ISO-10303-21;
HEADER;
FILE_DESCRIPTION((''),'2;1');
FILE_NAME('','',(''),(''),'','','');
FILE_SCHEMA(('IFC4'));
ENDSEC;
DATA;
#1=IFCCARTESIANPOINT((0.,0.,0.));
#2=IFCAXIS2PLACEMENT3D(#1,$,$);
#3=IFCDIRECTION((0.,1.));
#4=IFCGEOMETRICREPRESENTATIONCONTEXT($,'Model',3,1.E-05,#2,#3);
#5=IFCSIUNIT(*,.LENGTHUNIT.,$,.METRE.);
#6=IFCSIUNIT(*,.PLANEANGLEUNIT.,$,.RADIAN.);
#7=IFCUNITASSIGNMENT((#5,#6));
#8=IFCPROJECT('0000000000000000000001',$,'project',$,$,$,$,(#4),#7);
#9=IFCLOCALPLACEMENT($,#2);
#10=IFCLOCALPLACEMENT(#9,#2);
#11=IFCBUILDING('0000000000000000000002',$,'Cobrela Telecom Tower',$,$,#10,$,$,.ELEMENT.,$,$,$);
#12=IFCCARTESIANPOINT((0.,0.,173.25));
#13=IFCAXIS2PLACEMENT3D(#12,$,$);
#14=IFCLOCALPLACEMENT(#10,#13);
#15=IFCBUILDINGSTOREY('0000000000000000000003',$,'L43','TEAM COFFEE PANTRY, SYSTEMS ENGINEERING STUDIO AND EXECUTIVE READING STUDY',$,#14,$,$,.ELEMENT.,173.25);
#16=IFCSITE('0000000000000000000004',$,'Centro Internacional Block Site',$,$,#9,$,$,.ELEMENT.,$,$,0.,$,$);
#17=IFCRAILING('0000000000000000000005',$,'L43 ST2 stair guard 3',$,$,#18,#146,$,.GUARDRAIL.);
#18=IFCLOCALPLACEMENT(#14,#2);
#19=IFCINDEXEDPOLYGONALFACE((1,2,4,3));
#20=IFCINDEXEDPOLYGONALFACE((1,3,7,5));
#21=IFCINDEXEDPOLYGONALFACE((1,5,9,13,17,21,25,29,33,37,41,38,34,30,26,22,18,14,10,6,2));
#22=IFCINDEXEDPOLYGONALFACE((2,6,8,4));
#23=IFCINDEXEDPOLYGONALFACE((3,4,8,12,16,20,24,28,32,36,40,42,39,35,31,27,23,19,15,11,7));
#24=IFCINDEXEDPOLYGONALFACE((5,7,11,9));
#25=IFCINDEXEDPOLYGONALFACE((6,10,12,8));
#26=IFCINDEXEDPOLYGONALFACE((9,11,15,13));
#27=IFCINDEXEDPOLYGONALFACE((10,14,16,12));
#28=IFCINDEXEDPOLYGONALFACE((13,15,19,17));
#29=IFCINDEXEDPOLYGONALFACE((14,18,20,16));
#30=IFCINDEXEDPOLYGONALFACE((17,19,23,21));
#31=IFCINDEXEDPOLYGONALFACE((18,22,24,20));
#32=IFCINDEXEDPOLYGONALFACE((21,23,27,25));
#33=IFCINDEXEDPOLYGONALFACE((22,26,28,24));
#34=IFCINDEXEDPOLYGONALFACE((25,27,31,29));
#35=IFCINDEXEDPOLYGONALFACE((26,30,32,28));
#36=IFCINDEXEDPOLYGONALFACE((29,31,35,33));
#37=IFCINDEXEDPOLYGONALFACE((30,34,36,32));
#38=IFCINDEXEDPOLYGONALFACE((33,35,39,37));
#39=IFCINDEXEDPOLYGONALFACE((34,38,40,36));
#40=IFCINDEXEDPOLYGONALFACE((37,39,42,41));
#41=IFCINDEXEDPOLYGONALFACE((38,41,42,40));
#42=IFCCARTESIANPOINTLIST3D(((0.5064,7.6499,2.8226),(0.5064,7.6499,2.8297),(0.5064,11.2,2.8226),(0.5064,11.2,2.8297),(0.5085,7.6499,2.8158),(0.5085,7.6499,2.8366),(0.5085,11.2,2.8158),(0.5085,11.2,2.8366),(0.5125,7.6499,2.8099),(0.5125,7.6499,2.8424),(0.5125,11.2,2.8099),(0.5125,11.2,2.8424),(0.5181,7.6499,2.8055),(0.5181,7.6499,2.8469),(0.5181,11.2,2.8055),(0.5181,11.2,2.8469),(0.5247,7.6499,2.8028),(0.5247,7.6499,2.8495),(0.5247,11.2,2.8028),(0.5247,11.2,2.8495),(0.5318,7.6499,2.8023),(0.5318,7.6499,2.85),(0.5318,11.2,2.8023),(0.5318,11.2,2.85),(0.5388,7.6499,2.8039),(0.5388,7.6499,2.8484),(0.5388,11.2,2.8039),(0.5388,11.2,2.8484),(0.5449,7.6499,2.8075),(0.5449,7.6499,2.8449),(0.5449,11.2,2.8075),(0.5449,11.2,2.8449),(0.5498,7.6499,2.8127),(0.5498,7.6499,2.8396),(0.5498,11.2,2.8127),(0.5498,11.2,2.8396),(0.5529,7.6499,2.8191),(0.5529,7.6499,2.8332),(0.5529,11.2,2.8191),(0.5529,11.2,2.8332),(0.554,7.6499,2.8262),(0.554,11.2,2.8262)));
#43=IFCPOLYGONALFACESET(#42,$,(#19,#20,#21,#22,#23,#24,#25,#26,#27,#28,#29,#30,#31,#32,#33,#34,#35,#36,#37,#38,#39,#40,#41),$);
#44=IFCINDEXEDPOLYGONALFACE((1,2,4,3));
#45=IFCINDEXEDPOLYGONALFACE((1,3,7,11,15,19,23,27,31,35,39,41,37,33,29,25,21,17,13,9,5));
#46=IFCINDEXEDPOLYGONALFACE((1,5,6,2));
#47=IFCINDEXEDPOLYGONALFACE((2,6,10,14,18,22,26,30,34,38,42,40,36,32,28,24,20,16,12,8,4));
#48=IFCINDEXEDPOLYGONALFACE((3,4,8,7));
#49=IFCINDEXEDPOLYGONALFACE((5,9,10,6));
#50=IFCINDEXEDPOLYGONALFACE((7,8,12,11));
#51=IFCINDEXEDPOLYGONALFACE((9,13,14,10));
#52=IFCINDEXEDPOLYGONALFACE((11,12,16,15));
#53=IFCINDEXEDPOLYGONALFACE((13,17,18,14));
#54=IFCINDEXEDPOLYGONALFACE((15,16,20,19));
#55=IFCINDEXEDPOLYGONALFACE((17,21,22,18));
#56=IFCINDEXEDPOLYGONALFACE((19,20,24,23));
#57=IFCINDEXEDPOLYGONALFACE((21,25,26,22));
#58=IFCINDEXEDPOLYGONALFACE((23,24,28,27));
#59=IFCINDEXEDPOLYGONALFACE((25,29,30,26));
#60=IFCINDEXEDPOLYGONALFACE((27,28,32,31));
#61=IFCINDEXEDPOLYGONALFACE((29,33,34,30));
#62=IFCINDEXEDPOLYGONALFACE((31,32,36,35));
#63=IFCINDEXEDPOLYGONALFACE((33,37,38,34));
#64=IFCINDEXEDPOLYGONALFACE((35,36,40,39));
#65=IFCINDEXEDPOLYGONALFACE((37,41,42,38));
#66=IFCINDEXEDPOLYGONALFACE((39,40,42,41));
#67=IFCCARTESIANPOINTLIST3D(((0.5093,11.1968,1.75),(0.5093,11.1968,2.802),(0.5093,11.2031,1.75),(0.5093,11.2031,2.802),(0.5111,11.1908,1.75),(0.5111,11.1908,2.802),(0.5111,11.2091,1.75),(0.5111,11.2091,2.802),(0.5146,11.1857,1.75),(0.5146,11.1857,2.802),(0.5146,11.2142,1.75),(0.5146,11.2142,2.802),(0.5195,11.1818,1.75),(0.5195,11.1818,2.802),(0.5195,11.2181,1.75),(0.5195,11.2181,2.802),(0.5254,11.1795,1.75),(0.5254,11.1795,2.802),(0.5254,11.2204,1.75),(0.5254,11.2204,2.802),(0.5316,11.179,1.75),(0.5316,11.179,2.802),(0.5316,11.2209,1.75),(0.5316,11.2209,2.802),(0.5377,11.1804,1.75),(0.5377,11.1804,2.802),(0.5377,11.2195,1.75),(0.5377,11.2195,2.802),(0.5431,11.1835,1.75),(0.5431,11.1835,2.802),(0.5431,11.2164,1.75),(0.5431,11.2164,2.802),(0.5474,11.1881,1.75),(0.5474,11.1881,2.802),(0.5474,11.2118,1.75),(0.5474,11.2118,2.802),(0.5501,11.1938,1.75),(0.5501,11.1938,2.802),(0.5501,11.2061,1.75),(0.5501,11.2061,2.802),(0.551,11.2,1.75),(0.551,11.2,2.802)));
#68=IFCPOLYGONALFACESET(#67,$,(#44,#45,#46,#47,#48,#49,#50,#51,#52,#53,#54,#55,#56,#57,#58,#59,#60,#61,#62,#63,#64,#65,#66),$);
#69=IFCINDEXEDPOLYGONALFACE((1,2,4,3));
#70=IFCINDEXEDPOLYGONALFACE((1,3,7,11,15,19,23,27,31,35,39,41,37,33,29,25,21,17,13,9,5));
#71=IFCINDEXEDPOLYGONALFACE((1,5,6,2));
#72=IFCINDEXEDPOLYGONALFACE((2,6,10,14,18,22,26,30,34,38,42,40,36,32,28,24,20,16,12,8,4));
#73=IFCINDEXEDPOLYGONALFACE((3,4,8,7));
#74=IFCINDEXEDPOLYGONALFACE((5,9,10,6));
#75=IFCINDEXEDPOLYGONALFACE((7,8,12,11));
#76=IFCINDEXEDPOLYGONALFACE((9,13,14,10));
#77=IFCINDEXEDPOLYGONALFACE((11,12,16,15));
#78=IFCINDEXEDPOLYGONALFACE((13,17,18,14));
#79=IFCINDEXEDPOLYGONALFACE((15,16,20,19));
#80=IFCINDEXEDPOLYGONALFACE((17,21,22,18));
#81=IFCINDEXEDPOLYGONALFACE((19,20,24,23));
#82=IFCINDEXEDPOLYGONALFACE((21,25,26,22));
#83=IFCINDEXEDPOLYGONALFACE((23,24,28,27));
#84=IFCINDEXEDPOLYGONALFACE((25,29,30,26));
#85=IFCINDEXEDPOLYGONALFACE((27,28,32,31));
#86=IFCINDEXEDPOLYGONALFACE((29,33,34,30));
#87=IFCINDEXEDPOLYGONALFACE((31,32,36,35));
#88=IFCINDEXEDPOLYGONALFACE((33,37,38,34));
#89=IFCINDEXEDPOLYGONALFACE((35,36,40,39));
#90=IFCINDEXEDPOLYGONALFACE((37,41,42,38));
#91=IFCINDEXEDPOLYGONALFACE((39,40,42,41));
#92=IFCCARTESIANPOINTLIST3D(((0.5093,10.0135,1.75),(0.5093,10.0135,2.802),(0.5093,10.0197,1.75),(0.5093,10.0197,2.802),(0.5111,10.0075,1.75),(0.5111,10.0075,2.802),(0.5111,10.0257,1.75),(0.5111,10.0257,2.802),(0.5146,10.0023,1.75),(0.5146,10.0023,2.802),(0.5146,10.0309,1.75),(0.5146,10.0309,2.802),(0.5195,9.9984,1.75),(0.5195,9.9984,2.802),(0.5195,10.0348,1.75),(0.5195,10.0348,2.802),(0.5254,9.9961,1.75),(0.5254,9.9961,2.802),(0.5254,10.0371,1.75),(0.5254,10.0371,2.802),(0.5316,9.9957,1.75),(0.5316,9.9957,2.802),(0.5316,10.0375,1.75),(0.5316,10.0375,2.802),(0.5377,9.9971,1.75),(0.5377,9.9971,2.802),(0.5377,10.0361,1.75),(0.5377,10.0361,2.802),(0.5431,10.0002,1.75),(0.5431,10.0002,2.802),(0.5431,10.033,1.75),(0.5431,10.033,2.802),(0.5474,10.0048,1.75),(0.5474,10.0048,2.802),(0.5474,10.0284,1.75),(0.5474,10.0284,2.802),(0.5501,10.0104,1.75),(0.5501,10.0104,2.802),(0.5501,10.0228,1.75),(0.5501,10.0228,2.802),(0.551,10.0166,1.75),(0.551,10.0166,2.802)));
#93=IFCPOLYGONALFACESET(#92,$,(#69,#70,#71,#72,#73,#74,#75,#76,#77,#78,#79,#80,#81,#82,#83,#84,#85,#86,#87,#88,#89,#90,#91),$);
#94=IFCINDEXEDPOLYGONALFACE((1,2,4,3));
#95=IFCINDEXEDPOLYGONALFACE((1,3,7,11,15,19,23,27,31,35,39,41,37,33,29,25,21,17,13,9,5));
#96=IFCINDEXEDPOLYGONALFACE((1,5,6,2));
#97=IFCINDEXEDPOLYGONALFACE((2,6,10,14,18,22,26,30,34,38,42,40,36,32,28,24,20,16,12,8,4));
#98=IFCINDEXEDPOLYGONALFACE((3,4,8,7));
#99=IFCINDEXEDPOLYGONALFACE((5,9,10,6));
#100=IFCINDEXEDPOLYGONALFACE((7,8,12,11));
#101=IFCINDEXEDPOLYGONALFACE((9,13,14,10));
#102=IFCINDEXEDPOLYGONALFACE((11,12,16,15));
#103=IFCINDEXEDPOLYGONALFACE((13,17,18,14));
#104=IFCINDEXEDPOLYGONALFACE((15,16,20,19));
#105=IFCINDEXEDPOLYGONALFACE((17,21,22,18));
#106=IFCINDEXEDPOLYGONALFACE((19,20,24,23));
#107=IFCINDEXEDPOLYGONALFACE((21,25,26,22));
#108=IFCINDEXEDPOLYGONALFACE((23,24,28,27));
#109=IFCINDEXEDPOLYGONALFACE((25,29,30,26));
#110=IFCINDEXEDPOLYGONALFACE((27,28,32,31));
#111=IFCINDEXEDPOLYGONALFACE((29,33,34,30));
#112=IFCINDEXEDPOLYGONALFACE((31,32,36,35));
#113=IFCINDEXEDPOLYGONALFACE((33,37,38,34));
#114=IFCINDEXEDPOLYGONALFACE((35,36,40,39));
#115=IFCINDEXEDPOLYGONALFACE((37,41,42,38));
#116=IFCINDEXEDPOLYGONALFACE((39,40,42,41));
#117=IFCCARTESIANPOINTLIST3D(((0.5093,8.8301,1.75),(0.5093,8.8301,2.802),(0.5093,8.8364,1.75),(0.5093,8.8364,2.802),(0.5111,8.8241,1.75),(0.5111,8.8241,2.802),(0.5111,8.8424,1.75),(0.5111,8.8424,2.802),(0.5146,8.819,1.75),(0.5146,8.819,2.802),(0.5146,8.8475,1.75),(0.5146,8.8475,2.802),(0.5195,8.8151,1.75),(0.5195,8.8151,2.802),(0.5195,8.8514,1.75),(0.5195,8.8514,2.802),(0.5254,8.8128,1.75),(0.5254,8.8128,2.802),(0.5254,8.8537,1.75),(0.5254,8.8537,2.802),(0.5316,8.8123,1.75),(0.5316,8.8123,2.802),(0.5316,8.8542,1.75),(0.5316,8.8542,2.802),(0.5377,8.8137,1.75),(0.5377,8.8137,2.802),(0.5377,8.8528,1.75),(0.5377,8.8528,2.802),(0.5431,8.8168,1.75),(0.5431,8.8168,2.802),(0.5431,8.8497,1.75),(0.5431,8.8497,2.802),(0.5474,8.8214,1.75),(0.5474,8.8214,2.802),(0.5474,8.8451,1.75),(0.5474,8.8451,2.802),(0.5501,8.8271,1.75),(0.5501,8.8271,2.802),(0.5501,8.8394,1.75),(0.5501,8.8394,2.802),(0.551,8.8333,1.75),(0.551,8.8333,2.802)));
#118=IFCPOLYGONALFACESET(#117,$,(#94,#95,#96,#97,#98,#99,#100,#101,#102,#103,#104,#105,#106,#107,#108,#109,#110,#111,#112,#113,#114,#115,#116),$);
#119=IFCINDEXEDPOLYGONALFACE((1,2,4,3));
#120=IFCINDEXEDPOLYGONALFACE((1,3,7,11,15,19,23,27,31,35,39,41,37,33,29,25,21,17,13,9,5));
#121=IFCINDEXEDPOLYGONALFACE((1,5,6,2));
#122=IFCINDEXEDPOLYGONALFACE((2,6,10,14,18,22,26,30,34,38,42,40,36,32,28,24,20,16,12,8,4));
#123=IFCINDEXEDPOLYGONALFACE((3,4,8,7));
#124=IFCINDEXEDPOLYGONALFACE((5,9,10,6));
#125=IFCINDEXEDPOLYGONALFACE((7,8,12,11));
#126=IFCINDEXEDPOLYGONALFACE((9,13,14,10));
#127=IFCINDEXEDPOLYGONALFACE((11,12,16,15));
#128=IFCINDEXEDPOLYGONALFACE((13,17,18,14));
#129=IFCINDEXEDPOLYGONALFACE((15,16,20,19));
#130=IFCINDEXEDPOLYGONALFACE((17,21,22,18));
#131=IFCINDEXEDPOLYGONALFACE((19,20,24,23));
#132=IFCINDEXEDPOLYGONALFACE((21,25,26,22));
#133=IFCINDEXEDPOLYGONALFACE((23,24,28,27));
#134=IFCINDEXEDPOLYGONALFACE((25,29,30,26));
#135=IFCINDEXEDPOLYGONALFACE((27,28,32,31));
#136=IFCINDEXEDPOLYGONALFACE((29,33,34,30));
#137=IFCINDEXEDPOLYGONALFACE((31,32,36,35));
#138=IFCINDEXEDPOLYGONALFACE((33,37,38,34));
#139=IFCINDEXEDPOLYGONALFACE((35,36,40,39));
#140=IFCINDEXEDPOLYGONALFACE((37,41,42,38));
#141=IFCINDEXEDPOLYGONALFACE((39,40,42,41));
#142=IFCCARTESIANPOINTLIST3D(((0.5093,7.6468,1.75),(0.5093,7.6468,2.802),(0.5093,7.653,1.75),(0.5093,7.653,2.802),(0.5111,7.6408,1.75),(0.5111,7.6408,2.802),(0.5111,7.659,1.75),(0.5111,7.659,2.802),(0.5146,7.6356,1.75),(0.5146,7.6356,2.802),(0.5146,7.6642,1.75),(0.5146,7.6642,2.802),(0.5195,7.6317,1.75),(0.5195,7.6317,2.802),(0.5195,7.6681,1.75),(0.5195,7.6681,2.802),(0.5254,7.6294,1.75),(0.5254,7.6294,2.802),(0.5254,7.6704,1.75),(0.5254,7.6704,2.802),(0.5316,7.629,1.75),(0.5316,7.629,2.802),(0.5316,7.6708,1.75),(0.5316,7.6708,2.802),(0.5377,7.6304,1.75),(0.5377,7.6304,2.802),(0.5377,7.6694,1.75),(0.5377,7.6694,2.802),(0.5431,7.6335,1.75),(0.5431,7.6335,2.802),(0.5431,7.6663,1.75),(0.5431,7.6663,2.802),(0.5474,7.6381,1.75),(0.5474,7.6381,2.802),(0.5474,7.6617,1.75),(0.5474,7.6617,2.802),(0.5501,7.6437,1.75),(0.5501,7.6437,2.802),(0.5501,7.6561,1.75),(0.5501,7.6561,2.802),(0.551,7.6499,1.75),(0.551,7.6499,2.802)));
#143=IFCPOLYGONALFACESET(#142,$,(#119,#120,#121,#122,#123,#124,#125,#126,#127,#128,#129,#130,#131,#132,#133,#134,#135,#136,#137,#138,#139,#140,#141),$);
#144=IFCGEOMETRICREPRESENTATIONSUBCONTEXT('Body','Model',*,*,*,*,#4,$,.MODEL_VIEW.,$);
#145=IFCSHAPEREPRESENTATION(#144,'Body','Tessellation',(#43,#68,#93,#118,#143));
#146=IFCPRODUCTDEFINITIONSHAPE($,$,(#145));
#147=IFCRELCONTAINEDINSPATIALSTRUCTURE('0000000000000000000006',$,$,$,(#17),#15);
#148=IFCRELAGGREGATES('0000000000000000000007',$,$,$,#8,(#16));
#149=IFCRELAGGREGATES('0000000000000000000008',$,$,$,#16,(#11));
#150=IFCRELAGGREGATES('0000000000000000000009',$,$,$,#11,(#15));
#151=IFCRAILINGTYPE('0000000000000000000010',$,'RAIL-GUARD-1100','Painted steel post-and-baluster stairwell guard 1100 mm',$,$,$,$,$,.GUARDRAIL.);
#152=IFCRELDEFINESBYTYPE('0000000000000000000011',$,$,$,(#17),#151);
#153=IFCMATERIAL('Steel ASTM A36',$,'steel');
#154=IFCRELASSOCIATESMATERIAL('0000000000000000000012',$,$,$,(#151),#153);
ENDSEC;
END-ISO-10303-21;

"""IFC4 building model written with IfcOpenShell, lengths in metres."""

from ifc_helpers import new_model, si_unit, direction, frame, origin, origin_2d, place, context, subcontext, project, spatial, circle, extrude, material, type_object, element, save


model = new_model("IFC4")

# Units and contexts
model_context = context("Model", 3, precision=1e-05, world=origin(), true_north=direction((0.0, 1.0)))
body_context = subcontext(model_context, "Body", "Model", "MODEL_VIEW")
ifc_project = project(units=[si_unit("LENGTHUNIT", "METRE"), si_unit("PLANEANGLEUNIT", "RADIAN")], contexts=[model_context])

# Site, building, storey
site_placement = place(None, origin())
site = spatial("IfcSite", under=ifc_project, at=site_placement, Name="Centro Internacional Block Site", CompositionType="ELEMENT", RefElevation=0.0)
building_placement = place(site_placement, origin())
building = spatial("IfcBuilding", under=site, at=building_placement, Name="Cobrela Telecom Tower", CompositionType="ELEMENT")
storey_placement = place(building_placement, frame((0.0, 0.0, 173.25)))
storey = spatial("IfcBuildingStorey", under=building, at=storey_placement, Name="L43", Description="TEAM COFFEE PANTRY, SYSTEMS ENGINEERING STUDIO AND EXECUTIVE READING STUDY", CompositionType="ELEMENT", Elevation=173.25)

# Shared definitions
ifc_material_1 = material(Name="Steel ASTM A36", Category="steel")

# Railing
railing_type = type_object("IfcRailingType", Name="RAIL-GUARD-1100", Description="Painted steel post-and-baluster stairwell guard 1100 mm", PredefinedType="GUARDRAIL", material=ifc_material_1)
railing_1_placement = place(storey_placement, frame((0.53, 11.2, 1.75)))
element("IfcRailing", 1, at=railing_1_placement, inside=storey, type_object=railing_type, Name="L43 ST2 stair guard 3", PredefinedType="GUARDRAIL", context=body_context, shape_type="SweptSolid", body=[
    extrude(circle(Radius=0.0239, at=origin_2d()), frame((0.0, 0.0, 1.0762), z_axis=(0.0, -1.0, 0.0), x_axis=(1.0, 0.0, 0.0)), (0.0, 0.0, 1.0), 3.55),
    extrude(circle(Radius=0.021, at=origin_2d()), origin(), (0.0, 0.0, 1.0), 1.052),
    extrude(circle(Radius=0.021, at=origin_2d()), frame((0.0, -1.1833, 0.0)), (0.0, 0.0, 1.0), 1.052),
    extrude(circle(Radius=0.021, at=origin_2d()), frame((0.0, -2.3667, 0.0)), (0.0, 0.0, 1.0), 1.052),
    extrude(circle(Radius=0.021, at=origin_2d()), frame((0.0, -3.55, 0.0)), (0.0, 0.0, 1.0), 1.052),
])

save(model, "model.ifc")
